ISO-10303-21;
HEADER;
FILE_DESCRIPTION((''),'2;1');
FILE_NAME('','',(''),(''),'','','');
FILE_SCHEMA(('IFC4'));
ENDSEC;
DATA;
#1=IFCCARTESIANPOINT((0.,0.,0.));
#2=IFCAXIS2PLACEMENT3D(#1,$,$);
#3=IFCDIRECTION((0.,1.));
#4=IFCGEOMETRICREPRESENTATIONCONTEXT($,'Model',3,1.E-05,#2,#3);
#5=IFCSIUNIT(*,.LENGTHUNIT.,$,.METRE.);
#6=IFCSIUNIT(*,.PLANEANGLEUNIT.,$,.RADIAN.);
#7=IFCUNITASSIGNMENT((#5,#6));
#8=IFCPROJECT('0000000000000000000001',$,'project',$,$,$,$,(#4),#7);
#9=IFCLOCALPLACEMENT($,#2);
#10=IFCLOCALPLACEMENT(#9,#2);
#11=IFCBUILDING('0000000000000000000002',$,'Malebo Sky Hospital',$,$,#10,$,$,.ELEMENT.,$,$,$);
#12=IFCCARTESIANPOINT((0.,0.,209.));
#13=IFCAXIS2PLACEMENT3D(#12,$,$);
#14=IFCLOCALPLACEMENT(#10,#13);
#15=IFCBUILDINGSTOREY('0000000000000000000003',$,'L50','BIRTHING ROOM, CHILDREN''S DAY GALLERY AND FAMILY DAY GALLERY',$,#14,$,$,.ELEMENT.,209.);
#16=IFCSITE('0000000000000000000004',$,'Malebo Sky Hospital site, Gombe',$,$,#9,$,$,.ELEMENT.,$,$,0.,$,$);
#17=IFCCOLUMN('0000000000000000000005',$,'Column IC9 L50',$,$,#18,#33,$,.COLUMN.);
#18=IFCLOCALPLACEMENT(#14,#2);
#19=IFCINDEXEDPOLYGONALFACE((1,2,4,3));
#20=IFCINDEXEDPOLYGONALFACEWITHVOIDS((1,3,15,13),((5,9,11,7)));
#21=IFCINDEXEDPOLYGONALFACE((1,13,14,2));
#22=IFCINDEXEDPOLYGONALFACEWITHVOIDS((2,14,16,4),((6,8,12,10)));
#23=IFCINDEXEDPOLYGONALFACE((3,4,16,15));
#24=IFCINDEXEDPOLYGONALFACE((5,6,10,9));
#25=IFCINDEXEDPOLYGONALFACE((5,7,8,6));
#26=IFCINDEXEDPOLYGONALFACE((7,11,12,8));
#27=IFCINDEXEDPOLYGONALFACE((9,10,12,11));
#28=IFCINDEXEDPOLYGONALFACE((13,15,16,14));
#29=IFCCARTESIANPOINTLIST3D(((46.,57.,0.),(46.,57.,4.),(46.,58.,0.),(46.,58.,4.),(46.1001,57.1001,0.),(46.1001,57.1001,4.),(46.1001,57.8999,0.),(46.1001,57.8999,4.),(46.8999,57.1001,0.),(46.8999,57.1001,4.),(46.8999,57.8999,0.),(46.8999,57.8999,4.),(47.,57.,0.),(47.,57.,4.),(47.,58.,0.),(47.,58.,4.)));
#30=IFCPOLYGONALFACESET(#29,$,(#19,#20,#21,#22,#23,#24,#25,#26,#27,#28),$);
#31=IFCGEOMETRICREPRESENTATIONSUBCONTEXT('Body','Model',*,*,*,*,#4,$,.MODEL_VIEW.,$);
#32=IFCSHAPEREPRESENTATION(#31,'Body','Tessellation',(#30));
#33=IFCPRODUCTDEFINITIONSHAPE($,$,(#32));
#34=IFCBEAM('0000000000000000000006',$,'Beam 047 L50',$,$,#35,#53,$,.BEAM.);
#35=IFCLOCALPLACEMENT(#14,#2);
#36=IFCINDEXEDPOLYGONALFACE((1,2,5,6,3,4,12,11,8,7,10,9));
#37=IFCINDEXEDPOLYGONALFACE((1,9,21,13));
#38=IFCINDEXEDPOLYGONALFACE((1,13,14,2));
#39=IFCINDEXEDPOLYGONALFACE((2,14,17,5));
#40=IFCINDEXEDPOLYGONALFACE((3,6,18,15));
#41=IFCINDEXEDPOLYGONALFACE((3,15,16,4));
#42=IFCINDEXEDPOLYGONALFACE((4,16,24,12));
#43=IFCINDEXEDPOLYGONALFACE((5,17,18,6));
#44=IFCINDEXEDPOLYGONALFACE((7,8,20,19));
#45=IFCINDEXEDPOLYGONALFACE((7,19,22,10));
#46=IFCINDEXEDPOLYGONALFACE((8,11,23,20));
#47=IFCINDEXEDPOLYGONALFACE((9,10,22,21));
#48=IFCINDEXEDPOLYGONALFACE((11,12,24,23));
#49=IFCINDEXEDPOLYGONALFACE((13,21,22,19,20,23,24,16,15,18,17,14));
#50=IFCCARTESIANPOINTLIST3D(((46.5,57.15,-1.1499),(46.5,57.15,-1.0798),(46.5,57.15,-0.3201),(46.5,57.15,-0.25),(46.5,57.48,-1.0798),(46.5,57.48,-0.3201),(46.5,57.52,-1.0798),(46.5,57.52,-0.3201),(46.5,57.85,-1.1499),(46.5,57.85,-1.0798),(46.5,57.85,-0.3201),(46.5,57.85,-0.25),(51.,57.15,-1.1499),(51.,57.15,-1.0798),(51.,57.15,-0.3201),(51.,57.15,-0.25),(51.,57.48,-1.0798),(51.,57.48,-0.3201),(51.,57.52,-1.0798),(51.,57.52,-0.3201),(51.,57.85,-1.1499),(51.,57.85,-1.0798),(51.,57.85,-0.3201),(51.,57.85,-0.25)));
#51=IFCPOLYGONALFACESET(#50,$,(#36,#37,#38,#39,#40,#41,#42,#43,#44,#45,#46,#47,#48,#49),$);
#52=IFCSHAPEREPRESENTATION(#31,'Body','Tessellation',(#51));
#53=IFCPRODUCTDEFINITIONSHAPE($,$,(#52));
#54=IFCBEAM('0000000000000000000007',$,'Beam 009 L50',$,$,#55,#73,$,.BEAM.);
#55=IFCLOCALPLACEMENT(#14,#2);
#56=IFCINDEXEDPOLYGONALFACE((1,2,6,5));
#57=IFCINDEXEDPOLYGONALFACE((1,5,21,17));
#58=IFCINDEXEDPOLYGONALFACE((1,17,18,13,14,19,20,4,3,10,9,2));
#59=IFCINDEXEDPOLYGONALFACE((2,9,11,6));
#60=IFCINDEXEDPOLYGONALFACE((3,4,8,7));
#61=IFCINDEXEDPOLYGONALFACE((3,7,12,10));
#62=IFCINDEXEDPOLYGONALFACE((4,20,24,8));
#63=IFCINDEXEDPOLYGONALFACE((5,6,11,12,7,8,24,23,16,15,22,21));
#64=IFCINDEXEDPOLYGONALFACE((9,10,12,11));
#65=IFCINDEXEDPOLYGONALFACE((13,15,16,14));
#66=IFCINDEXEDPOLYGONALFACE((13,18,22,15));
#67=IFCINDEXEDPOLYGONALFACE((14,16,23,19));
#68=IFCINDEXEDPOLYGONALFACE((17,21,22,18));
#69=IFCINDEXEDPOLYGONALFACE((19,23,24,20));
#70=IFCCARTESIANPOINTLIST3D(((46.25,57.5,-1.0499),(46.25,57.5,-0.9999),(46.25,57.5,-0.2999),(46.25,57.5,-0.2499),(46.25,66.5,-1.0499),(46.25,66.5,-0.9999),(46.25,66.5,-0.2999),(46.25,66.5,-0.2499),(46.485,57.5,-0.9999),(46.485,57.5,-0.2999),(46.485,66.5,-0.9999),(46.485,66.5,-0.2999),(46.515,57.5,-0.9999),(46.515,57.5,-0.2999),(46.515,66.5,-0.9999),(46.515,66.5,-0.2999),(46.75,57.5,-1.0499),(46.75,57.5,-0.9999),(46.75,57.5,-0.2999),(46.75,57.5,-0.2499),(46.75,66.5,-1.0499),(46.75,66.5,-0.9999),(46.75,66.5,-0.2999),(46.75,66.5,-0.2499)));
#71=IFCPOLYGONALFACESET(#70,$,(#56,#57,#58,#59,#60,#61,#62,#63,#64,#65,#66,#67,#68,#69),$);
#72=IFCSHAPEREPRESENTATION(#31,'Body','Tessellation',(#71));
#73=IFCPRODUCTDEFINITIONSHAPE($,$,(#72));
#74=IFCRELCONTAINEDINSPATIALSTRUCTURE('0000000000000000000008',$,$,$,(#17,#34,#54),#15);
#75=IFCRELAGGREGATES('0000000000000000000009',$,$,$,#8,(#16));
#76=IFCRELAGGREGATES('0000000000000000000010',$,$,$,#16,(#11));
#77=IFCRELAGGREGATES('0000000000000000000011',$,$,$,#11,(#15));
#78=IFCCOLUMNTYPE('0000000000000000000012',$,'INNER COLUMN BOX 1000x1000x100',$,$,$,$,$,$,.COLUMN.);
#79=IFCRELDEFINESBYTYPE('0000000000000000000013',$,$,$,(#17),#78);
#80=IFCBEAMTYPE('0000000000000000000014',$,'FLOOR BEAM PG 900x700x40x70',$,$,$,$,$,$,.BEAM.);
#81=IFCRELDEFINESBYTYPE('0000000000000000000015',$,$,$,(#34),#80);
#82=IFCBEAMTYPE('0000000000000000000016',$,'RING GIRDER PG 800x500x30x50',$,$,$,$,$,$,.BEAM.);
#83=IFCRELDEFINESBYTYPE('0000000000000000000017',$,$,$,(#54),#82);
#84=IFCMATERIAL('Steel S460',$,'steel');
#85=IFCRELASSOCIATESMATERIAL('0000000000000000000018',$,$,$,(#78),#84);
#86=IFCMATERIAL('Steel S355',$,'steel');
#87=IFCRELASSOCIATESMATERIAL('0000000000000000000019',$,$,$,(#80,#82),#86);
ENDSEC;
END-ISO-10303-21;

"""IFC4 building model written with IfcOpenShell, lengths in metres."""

from ifc_helpers import new_model, si_unit, direction, frame, origin, origin_2d, place, context, subcontext, project, spatial, hollow_rectangle, i_section, extrude, material, material_profile, profile_set, type_object, element, save


model = new_model("IFC4")

# Units and contexts
model_context = context("Model", 3, precision=1e-05, world=origin(), true_north=direction((0.0, 1.0)))
body_context = subcontext(model_context, "Body", "Model", "MODEL_VIEW")
ifc_project = project(units=[si_unit("LENGTHUNIT", "METRE"), si_unit("PLANEANGLEUNIT", "RADIAN")], contexts=[model_context])

# Site, building, storey
site_placement = place(None, origin())
site = spatial("IfcSite", under=ifc_project, at=site_placement, Name="Malebo Sky Hospital site, Gombe", CompositionType="ELEMENT", RefElevation=0.0)
building_placement = place(site_placement, origin())
building = spatial("IfcBuilding", under=site, at=building_placement, Name="Malebo Sky Hospital", CompositionType="ELEMENT")
storey_placement = place(building_placement, frame((0.0, 0.0, 209.0)))
storey = spatial("IfcBuildingStorey", under=building, at=storey_placement, Name="L50", Description="BIRTHING ROOM, CHILDREN'S DAY GALLERY AND FAMILY DAY GALLERY", CompositionType="ELEMENT", Elevation=209.0)

# Column
ifc_material_1 = material(Name="Steel S460", Category="steel")
ifc_material_profile_1 = material_profile(ifc_material_1, hollow_rectangle(XDim=1.0, YDim=1.0, WallThickness=0.1001, at=origin_2d()), Name="BOX 1000x1000x100")
ifc_profile_set_1 = profile_set([ifc_material_profile_1], Name="Steel S460")
column_type = type_object("IfcColumnType", Name="INNER COLUMN BOX 1000x1000x100", PredefinedType="COLUMN", material=ifc_profile_set_1)
column_placement = place(storey_placement, frame((46.5, 57.5, 0.0), z_axis=(0.0, 0.0, 1.0), x_axis=(1.0, 0.0, 0.0)))
element("IfcColumn", 1, at=column_placement, inside=storey, type_object=column_type, Name="Column IC9 L50", PredefinedType="COLUMN", context=body_context, shape_type="SweptSolid", body=[
    extrude(hollow_rectangle(XDim=1.0, YDim=1.0, WallThickness=0.1001, at=origin_2d()), origin(), (0.0, 0.0, 1.0), 4.0),
])

# Beams
ifc_material_2 = material(Name="Steel S355", Category="steel")
ifc_material_profile_2 = material_profile(ifc_material_2, i_section(OverallWidth=0.7, OverallDepth=0.8999, WebThickness=0.04, FlangeThickness=0.0701, at=origin_2d()), Name="PG 900x700x40x70")
ifc_profile_set_2 = profile_set([ifc_material_profile_2], Name="Steel S355")
beam_type_1 = type_object("IfcBeamType", Name="FLOOR BEAM PG 900x700x40x70", PredefinedType="BEAM", material=ifc_profile_set_2)
beam_1_placement = place(storey_placement, frame((46.5, 57.5, -0.7), z_axis=(1.0, 0.0, 0.0), x_axis=(0.0, 1.0, 0.0)))
element("IfcBeam", 2, at=beam_1_placement, inside=storey, type_object=beam_type_1, Name="Beam 047 L50", PredefinedType="BEAM", context=body_context, shape_type="SweptSolid", body=[
    extrude(i_section(OverallWidth=0.7, OverallDepth=0.8999, WebThickness=0.04, FlangeThickness=0.0701, at=origin_2d()), origin(), (0.0, 0.0, 1.0), 4.5),
])
ifc_material_profile_3 = material_profile(ifc_material_2, i_section(OverallWidth=0.5, OverallDepth=0.8, WebThickness=0.03, FlangeThickness=0.05, at=origin_2d()), Name="PG 800x500x30x50")
ifc_profile_set_3 = profile_set([ifc_material_profile_3], Name="Steel S355")
beam_type_2 = type_object("IfcBeamType", Name="RING GIRDER PG 800x500x30x50", PredefinedType="BEAM", material=ifc_profile_set_3)
beam_2_placement = place(storey_placement, frame((46.5, 57.5, -0.6499), z_axis=(0.0, 1.0, 0.0), x_axis=(-1.0, 0.0, 0.0)))
element("IfcBeam", 3, at=beam_2_placement, inside=storey, type_object=beam_type_2, Name="Beam 009 L50", PredefinedType="BEAM", context=body_context, shape_type="SweptSolid", body=[
    extrude(i_section(OverallWidth=0.5, OverallDepth=0.8, WebThickness=0.03, FlangeThickness=0.05, at=origin_2d()), origin(), (0.0, 0.0, 1.0), 9.0),
])

save(model, "model.ifc")
